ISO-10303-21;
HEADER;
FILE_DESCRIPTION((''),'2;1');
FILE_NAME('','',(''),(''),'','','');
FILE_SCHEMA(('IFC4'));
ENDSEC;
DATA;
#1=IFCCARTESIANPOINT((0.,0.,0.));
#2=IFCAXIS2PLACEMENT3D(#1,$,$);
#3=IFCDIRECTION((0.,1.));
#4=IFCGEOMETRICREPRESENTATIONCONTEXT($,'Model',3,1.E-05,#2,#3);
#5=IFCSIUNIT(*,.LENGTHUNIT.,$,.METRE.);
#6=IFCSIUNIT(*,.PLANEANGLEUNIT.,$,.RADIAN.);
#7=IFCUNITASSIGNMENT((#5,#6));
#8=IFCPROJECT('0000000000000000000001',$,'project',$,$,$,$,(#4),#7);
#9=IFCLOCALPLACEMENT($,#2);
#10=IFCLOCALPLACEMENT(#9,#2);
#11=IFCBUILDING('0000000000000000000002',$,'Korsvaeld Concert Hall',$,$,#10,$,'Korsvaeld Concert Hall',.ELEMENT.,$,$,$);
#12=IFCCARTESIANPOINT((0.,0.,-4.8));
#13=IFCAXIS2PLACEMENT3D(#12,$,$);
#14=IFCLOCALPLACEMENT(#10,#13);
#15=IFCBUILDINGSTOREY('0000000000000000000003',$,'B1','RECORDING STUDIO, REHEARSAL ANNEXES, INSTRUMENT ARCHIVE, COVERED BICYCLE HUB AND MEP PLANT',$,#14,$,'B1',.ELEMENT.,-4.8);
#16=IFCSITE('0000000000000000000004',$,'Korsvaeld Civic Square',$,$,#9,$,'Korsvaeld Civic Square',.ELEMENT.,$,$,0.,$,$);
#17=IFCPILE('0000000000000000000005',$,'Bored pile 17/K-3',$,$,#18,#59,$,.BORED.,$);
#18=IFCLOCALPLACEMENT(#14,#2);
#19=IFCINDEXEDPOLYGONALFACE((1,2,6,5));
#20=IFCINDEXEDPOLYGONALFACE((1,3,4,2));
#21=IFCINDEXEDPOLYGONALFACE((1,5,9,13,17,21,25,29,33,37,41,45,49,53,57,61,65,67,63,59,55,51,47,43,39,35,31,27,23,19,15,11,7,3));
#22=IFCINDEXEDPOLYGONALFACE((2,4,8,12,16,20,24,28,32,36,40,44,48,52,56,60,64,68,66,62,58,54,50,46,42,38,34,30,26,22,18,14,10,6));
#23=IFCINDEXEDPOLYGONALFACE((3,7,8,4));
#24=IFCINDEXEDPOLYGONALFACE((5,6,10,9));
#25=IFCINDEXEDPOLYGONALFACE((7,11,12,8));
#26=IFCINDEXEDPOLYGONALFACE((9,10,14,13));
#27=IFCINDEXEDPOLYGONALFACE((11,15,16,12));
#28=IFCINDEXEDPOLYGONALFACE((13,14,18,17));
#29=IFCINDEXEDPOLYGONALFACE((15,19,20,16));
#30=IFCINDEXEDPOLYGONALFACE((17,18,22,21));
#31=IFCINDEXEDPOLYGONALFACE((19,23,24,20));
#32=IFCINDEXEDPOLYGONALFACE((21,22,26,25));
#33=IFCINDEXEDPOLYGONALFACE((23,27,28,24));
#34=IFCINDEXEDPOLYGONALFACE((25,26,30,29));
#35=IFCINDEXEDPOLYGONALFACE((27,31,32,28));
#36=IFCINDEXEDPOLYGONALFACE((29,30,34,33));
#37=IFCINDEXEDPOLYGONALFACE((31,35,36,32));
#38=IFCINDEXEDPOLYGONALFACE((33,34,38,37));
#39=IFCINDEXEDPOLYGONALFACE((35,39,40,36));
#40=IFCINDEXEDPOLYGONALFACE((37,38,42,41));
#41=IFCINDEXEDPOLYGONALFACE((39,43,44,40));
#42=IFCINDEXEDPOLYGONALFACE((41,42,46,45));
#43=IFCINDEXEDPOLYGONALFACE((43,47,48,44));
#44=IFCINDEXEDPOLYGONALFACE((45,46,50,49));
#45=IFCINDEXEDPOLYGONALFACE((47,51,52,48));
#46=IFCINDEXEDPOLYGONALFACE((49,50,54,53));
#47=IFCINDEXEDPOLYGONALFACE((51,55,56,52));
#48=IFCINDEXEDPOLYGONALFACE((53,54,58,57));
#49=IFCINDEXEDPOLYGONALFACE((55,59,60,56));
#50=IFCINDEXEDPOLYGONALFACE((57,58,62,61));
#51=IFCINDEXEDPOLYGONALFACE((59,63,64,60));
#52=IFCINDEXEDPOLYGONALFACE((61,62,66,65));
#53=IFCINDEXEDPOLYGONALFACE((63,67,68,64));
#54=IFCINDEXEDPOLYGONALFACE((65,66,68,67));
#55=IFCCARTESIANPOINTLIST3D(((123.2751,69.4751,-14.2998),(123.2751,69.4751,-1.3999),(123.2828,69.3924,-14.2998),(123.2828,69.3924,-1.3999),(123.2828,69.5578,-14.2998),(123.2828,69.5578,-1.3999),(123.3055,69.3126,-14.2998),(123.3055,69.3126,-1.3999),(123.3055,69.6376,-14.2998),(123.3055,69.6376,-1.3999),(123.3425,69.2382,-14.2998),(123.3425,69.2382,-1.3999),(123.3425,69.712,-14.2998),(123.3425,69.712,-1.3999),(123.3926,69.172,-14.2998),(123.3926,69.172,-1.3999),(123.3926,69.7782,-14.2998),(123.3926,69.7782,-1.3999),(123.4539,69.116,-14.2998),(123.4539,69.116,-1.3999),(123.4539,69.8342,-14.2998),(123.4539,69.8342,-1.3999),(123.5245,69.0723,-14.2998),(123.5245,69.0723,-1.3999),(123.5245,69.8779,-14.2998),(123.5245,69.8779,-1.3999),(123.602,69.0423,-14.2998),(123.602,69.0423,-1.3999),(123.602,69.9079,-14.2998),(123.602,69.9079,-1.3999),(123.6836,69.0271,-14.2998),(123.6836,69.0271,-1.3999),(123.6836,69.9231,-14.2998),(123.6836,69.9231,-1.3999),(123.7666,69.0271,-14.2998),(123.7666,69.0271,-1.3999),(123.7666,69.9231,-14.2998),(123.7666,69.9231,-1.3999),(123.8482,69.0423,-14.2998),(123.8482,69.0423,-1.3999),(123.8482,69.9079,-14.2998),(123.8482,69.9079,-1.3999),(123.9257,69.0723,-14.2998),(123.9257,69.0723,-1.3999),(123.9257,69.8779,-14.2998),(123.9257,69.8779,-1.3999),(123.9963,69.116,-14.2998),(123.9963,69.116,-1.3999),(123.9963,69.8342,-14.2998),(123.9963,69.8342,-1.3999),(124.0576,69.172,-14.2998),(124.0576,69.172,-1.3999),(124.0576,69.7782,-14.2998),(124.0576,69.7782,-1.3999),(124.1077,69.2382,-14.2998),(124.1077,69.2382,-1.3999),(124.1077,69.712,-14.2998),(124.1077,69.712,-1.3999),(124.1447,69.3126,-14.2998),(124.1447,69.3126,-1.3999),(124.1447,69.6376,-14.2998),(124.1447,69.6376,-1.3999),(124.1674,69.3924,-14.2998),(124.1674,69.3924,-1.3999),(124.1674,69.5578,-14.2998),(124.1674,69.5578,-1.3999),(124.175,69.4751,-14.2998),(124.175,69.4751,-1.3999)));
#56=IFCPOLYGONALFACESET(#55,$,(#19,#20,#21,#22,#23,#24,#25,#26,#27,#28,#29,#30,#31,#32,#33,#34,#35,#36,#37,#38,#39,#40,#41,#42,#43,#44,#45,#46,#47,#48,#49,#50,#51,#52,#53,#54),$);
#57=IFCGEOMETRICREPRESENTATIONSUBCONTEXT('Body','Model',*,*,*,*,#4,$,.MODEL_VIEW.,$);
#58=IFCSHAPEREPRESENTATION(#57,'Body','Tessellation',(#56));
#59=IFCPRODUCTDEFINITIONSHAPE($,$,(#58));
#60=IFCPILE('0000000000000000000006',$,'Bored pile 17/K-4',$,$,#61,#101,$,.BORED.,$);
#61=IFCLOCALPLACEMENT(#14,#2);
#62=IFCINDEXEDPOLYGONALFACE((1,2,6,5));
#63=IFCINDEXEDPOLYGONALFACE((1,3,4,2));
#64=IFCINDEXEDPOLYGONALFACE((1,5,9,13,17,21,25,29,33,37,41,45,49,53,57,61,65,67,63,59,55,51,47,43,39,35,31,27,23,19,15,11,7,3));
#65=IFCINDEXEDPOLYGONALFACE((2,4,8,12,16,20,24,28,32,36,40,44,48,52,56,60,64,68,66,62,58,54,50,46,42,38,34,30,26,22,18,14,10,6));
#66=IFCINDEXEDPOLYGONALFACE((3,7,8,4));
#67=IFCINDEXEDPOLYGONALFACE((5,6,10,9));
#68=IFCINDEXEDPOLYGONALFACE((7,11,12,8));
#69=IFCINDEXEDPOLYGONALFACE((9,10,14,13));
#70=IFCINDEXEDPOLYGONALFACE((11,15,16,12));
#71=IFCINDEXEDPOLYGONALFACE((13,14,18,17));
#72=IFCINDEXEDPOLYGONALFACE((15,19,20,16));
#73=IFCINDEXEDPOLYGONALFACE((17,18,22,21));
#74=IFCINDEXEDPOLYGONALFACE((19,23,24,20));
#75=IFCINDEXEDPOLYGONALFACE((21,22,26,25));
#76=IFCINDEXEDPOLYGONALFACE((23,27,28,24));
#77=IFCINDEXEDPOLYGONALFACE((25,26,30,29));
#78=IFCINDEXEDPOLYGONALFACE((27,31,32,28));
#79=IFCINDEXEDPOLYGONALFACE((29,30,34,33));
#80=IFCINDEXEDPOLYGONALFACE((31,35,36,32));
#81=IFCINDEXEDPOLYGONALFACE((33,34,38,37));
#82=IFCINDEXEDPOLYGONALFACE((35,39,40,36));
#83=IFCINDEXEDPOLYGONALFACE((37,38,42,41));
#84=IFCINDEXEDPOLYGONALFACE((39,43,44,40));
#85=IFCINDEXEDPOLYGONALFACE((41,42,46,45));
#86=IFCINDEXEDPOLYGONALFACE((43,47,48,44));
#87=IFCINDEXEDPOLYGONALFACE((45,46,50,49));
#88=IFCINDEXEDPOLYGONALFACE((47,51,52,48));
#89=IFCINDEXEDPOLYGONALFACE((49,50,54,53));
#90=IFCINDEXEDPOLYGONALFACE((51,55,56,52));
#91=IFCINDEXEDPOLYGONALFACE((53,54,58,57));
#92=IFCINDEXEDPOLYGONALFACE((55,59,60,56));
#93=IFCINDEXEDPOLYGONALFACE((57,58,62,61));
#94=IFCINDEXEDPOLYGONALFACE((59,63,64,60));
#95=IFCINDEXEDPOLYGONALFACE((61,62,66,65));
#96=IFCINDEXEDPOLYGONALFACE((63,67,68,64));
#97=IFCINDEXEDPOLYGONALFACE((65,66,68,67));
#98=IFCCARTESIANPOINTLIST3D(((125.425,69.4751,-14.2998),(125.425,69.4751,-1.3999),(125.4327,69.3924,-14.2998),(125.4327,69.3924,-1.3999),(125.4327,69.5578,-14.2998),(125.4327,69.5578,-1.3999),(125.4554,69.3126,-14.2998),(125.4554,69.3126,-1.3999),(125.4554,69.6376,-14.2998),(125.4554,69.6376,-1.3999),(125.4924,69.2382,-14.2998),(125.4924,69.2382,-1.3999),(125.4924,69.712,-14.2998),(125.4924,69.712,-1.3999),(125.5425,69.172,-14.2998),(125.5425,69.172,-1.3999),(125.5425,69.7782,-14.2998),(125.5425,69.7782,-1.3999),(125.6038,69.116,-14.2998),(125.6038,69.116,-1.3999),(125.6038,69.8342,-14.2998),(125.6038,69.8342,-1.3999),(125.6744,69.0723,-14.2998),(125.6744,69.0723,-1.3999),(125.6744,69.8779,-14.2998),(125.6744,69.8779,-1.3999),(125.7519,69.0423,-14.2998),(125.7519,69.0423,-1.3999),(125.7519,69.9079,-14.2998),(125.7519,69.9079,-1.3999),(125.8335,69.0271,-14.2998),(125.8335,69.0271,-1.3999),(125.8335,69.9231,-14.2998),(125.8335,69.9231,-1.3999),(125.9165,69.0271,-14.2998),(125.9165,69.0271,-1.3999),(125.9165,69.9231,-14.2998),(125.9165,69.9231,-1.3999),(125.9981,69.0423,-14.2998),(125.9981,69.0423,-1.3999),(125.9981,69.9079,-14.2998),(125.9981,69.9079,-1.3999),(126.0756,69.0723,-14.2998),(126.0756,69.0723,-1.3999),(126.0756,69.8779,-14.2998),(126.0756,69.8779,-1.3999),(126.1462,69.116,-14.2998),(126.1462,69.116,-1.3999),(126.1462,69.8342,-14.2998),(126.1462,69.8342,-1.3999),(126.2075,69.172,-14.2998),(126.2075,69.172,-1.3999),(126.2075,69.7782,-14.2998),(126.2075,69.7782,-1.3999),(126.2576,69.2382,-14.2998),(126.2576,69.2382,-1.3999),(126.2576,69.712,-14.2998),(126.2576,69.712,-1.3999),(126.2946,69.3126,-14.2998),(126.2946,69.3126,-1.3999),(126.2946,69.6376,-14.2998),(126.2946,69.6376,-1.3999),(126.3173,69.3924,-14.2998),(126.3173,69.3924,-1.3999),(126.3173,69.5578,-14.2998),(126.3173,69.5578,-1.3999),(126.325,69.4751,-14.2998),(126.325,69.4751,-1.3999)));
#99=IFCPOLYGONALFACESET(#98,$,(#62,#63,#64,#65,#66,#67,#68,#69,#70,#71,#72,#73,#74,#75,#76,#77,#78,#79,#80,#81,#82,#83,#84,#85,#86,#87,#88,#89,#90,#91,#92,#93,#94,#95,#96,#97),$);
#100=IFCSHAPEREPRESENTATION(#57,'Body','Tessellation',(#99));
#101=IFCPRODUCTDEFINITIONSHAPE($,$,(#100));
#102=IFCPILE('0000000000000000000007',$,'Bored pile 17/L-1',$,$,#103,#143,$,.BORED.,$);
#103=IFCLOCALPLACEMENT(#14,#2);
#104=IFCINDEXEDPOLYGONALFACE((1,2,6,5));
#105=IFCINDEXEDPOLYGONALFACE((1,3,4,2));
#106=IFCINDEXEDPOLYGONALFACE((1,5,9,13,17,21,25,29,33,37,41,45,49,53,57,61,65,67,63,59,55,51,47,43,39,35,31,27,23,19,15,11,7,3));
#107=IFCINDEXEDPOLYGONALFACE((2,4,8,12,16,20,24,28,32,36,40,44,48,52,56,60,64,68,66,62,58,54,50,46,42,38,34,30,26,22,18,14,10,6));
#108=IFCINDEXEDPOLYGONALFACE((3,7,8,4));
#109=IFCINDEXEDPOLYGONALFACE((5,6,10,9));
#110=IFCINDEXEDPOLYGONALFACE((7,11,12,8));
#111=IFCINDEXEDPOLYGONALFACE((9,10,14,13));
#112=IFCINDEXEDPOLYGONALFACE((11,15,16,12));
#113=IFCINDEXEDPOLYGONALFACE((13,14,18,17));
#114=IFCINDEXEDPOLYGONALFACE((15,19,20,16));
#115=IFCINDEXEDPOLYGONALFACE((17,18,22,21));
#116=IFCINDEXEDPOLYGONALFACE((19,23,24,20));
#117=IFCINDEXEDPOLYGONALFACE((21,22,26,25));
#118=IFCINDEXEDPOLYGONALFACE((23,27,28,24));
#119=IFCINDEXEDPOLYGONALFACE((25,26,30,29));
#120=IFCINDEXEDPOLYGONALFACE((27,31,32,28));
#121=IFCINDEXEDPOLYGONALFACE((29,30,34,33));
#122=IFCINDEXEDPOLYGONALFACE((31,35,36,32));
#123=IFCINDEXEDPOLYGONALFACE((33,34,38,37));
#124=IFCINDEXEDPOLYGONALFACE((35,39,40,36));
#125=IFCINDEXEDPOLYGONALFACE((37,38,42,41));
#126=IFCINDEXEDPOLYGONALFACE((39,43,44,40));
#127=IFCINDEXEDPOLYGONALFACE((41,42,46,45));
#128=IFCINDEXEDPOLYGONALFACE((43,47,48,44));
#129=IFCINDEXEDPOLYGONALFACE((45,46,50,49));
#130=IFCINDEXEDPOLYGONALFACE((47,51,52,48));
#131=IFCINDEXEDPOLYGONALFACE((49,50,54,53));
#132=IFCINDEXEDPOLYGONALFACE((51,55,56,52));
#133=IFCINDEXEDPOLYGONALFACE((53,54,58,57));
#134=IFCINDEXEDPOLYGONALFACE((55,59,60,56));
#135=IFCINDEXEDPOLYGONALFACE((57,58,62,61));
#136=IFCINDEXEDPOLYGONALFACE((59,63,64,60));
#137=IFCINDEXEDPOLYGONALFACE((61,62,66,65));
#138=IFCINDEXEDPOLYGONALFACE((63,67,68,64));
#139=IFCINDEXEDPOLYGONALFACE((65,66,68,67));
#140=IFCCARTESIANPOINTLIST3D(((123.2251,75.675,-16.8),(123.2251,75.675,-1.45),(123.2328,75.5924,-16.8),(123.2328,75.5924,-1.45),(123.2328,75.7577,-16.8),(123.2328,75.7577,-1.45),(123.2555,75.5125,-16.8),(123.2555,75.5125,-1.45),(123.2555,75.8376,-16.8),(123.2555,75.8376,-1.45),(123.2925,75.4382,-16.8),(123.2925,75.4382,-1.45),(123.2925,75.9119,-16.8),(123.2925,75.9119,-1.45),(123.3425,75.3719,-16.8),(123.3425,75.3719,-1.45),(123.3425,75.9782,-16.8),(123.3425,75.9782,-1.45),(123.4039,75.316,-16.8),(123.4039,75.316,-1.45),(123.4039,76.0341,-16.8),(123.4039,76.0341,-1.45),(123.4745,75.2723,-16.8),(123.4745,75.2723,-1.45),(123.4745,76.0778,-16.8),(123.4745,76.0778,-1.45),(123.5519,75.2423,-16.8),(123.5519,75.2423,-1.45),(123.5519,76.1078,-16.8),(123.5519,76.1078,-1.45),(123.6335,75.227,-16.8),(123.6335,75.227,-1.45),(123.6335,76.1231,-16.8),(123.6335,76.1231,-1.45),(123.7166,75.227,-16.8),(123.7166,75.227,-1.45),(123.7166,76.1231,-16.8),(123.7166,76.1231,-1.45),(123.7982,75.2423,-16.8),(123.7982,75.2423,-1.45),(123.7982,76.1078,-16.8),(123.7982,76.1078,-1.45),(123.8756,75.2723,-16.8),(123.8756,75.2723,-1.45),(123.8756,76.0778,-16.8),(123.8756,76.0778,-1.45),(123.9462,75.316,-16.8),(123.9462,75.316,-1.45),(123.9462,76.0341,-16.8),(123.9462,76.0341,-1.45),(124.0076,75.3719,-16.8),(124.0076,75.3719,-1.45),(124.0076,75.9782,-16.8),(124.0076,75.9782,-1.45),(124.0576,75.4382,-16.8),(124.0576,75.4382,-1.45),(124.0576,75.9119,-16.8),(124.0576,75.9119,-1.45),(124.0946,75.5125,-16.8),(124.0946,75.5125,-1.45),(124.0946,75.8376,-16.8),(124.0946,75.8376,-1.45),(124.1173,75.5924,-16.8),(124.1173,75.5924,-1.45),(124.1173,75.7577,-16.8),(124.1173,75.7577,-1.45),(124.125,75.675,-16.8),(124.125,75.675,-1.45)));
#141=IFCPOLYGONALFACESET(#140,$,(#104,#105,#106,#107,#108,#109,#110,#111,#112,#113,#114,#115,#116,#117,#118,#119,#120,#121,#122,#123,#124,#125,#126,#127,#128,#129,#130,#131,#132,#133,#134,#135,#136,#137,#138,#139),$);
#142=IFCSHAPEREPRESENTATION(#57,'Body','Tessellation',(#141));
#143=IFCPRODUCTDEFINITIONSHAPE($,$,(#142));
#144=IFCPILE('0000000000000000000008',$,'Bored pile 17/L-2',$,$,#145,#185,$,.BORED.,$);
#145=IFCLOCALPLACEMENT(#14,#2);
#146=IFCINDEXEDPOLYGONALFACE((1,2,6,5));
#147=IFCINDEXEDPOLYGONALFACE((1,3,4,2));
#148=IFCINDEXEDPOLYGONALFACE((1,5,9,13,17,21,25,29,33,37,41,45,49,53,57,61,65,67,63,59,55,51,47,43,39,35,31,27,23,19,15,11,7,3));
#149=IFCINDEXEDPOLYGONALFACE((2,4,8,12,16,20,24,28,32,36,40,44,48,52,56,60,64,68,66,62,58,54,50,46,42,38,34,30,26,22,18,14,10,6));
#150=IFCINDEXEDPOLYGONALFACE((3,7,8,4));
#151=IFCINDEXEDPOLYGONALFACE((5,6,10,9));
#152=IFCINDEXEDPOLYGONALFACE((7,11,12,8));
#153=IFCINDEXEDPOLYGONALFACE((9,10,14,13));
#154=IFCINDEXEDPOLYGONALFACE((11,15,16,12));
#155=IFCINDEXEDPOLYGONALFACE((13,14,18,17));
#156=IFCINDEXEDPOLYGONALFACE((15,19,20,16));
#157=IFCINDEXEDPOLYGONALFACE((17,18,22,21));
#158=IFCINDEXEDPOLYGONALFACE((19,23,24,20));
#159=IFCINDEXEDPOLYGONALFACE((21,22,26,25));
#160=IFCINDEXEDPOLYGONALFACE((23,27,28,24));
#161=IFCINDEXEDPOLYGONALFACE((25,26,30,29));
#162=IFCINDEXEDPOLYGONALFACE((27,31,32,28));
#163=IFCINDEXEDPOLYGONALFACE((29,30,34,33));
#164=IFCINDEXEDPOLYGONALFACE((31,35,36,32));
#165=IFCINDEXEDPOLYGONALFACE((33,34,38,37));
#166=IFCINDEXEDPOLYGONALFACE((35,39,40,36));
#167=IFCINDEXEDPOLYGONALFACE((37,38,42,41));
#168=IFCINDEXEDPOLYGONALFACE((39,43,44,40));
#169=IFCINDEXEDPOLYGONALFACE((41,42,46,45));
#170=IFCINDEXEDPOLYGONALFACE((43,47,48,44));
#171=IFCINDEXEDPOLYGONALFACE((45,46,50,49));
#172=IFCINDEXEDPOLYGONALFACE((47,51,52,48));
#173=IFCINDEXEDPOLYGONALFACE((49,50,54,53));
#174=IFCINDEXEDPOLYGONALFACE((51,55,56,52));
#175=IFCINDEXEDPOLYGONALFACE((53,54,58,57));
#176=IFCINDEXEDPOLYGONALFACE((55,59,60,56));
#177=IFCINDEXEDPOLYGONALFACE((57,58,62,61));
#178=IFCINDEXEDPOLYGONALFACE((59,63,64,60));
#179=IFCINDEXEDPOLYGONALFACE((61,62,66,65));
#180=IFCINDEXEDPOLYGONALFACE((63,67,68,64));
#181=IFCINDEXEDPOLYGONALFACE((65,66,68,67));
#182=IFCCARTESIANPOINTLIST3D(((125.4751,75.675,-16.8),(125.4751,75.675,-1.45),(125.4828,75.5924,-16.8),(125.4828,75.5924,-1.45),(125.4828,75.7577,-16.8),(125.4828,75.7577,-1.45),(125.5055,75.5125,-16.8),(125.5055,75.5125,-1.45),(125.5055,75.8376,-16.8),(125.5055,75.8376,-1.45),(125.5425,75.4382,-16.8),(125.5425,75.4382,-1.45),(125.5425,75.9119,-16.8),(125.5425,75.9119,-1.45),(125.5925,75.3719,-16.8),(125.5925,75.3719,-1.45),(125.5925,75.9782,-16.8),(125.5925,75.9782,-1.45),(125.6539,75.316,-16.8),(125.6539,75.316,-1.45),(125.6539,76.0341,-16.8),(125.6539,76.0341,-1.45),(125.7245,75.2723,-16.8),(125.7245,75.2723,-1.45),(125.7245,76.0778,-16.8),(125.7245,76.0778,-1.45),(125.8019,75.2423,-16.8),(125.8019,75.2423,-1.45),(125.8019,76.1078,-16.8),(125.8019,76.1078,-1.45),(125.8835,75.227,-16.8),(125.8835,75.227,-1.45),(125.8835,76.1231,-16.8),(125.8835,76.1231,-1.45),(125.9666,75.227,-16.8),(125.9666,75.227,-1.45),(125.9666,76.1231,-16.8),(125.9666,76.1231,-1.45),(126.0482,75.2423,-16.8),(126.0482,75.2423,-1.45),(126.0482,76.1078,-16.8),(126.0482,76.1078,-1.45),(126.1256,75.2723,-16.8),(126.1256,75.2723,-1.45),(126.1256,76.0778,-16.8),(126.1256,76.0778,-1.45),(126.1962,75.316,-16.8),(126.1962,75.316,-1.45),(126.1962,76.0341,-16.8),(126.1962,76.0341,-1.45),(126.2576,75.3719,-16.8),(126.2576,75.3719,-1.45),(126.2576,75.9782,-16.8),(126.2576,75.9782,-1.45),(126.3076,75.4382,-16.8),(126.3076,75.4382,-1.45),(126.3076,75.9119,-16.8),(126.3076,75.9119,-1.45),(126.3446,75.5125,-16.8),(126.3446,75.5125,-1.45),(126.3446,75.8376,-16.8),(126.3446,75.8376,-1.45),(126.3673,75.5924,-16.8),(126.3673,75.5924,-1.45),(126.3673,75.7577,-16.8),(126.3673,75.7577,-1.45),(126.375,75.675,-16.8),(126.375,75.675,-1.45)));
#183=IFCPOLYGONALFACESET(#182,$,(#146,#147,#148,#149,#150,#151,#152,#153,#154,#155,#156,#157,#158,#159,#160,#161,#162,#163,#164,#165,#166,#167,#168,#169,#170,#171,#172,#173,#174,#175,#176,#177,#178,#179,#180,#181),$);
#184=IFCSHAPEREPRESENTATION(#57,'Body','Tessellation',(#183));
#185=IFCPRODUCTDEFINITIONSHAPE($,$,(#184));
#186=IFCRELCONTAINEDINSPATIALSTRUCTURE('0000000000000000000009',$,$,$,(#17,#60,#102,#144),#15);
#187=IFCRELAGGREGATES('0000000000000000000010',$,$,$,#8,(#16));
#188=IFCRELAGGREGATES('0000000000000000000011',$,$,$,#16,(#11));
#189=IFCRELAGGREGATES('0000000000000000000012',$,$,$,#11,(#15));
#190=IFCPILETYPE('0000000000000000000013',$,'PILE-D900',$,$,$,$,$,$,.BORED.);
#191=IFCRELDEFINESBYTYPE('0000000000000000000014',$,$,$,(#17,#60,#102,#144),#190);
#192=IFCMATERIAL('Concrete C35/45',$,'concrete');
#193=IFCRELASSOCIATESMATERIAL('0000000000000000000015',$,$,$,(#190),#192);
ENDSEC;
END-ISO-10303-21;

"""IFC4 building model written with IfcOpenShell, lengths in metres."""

from ifc_helpers import new_model, si_unit, direction, frame, origin, origin_2d, place, context, subcontext, project, spatial, circle, extrude, material, material_profile, profile_set, type_object, element, save


model = new_model("IFC4")

# Units and contexts
model_context = context("Model", 3, precision=1e-05, world=origin(), true_north=direction((0.0, 1.0)))
body_context = subcontext(model_context, "Body", "Model", "MODEL_VIEW")
ifc_project = project(units=[si_unit("LENGTHUNIT", "METRE"), si_unit("PLANEANGLEUNIT", "RADIAN")], contexts=[model_context])

# Site, building, storey
site_placement = place(None, origin())
site = spatial("IfcSite", under=ifc_project, at=site_placement, Name="Korsvaeld Civic Square", LongName="Korsvaeld Civic Square", CompositionType="ELEMENT", RefElevation=0.0)
building_placement = place(site_placement, origin())
building = spatial("IfcBuilding", under=site, at=building_placement, Name="Korsvaeld Concert Hall", LongName="Korsvaeld Concert Hall", CompositionType="ELEMENT")
storey_placement = place(building_placement, frame((0.0, 0.0, -4.8)))
storey = spatial("IfcBuildingStorey", under=building, at=storey_placement, Name="B1", Description="RECORDING STUDIO, REHEARSAL ANNEXES, INSTRUMENT ARCHIVE, COVERED BICYCLE HUB AND MEP PLANT", LongName="B1", CompositionType="ELEMENT", Elevation=-4.8)

# Shared definitions
ifc_material_1 = material(Name="Concrete C35/45", Category="concrete")

# Piles
ifc_material_profile_1 = material_profile(ifc_material_1, circle(Radius=0.45, at=origin_2d()), Name="BORED PILE D900")
ifc_profile_set_1 = profile_set([ifc_material_profile_1], Name="Concrete C35/45")
pile_type_1 = type_object("IfcPileType", Name="PILE-D900", PredefinedType="BORED", material=ifc_profile_set_1)
for number, where, z_axis, x_axis, name in (
    (1, (123.7251, 69.4751, -1.3999), (0.0, 0.0, -1.0), (1.0, 0.0, 0.0), "Bored pile 17/K-3"),
    (2, (125.875, 69.4751, -1.3999), (0.0, 0.0, -1.0), (1.0, 0.0, 0.0), "Bored pile 17/K-4"),
):
    element("IfcPile", number, at=place(storey_placement, frame(where, z_axis=z_axis, x_axis=x_axis)), inside=storey, type_object=pile_type_1, Name=name, PredefinedType="BORED", context=body_context, shape_type="SweptSolid", body=[
        extrude(circle(Radius=0.45, at=origin_2d()), origin(), (0.0, 0.0, 1.0), 12.8999),
    ])
for number, where, z_axis, x_axis, name in (
    (3, (123.675, 75.675, -1.45), (0.0, 0.0, -1.0), (1.0, 0.0, 0.0), "Bored pile 17/L-1"),
    (4, (125.925, 75.675, -1.45), (0.0, 0.0, -1.0), (1.0, 0.0, 0.0), "Bored pile 17/L-2"),
):
    element("IfcPile", number, at=place(storey_placement, frame(where, z_axis=z_axis, x_axis=x_axis)), inside=storey, type_object=pile_type_1, Name=name, PredefinedType="BORED", context=body_context, shape_type="SweptSolid", body=[
        extrude(circle(Radius=0.45, at=origin_2d()), origin(), (0.0, 0.0, 1.0), 15.3501),
    ])

save(model, "model.ifc")
